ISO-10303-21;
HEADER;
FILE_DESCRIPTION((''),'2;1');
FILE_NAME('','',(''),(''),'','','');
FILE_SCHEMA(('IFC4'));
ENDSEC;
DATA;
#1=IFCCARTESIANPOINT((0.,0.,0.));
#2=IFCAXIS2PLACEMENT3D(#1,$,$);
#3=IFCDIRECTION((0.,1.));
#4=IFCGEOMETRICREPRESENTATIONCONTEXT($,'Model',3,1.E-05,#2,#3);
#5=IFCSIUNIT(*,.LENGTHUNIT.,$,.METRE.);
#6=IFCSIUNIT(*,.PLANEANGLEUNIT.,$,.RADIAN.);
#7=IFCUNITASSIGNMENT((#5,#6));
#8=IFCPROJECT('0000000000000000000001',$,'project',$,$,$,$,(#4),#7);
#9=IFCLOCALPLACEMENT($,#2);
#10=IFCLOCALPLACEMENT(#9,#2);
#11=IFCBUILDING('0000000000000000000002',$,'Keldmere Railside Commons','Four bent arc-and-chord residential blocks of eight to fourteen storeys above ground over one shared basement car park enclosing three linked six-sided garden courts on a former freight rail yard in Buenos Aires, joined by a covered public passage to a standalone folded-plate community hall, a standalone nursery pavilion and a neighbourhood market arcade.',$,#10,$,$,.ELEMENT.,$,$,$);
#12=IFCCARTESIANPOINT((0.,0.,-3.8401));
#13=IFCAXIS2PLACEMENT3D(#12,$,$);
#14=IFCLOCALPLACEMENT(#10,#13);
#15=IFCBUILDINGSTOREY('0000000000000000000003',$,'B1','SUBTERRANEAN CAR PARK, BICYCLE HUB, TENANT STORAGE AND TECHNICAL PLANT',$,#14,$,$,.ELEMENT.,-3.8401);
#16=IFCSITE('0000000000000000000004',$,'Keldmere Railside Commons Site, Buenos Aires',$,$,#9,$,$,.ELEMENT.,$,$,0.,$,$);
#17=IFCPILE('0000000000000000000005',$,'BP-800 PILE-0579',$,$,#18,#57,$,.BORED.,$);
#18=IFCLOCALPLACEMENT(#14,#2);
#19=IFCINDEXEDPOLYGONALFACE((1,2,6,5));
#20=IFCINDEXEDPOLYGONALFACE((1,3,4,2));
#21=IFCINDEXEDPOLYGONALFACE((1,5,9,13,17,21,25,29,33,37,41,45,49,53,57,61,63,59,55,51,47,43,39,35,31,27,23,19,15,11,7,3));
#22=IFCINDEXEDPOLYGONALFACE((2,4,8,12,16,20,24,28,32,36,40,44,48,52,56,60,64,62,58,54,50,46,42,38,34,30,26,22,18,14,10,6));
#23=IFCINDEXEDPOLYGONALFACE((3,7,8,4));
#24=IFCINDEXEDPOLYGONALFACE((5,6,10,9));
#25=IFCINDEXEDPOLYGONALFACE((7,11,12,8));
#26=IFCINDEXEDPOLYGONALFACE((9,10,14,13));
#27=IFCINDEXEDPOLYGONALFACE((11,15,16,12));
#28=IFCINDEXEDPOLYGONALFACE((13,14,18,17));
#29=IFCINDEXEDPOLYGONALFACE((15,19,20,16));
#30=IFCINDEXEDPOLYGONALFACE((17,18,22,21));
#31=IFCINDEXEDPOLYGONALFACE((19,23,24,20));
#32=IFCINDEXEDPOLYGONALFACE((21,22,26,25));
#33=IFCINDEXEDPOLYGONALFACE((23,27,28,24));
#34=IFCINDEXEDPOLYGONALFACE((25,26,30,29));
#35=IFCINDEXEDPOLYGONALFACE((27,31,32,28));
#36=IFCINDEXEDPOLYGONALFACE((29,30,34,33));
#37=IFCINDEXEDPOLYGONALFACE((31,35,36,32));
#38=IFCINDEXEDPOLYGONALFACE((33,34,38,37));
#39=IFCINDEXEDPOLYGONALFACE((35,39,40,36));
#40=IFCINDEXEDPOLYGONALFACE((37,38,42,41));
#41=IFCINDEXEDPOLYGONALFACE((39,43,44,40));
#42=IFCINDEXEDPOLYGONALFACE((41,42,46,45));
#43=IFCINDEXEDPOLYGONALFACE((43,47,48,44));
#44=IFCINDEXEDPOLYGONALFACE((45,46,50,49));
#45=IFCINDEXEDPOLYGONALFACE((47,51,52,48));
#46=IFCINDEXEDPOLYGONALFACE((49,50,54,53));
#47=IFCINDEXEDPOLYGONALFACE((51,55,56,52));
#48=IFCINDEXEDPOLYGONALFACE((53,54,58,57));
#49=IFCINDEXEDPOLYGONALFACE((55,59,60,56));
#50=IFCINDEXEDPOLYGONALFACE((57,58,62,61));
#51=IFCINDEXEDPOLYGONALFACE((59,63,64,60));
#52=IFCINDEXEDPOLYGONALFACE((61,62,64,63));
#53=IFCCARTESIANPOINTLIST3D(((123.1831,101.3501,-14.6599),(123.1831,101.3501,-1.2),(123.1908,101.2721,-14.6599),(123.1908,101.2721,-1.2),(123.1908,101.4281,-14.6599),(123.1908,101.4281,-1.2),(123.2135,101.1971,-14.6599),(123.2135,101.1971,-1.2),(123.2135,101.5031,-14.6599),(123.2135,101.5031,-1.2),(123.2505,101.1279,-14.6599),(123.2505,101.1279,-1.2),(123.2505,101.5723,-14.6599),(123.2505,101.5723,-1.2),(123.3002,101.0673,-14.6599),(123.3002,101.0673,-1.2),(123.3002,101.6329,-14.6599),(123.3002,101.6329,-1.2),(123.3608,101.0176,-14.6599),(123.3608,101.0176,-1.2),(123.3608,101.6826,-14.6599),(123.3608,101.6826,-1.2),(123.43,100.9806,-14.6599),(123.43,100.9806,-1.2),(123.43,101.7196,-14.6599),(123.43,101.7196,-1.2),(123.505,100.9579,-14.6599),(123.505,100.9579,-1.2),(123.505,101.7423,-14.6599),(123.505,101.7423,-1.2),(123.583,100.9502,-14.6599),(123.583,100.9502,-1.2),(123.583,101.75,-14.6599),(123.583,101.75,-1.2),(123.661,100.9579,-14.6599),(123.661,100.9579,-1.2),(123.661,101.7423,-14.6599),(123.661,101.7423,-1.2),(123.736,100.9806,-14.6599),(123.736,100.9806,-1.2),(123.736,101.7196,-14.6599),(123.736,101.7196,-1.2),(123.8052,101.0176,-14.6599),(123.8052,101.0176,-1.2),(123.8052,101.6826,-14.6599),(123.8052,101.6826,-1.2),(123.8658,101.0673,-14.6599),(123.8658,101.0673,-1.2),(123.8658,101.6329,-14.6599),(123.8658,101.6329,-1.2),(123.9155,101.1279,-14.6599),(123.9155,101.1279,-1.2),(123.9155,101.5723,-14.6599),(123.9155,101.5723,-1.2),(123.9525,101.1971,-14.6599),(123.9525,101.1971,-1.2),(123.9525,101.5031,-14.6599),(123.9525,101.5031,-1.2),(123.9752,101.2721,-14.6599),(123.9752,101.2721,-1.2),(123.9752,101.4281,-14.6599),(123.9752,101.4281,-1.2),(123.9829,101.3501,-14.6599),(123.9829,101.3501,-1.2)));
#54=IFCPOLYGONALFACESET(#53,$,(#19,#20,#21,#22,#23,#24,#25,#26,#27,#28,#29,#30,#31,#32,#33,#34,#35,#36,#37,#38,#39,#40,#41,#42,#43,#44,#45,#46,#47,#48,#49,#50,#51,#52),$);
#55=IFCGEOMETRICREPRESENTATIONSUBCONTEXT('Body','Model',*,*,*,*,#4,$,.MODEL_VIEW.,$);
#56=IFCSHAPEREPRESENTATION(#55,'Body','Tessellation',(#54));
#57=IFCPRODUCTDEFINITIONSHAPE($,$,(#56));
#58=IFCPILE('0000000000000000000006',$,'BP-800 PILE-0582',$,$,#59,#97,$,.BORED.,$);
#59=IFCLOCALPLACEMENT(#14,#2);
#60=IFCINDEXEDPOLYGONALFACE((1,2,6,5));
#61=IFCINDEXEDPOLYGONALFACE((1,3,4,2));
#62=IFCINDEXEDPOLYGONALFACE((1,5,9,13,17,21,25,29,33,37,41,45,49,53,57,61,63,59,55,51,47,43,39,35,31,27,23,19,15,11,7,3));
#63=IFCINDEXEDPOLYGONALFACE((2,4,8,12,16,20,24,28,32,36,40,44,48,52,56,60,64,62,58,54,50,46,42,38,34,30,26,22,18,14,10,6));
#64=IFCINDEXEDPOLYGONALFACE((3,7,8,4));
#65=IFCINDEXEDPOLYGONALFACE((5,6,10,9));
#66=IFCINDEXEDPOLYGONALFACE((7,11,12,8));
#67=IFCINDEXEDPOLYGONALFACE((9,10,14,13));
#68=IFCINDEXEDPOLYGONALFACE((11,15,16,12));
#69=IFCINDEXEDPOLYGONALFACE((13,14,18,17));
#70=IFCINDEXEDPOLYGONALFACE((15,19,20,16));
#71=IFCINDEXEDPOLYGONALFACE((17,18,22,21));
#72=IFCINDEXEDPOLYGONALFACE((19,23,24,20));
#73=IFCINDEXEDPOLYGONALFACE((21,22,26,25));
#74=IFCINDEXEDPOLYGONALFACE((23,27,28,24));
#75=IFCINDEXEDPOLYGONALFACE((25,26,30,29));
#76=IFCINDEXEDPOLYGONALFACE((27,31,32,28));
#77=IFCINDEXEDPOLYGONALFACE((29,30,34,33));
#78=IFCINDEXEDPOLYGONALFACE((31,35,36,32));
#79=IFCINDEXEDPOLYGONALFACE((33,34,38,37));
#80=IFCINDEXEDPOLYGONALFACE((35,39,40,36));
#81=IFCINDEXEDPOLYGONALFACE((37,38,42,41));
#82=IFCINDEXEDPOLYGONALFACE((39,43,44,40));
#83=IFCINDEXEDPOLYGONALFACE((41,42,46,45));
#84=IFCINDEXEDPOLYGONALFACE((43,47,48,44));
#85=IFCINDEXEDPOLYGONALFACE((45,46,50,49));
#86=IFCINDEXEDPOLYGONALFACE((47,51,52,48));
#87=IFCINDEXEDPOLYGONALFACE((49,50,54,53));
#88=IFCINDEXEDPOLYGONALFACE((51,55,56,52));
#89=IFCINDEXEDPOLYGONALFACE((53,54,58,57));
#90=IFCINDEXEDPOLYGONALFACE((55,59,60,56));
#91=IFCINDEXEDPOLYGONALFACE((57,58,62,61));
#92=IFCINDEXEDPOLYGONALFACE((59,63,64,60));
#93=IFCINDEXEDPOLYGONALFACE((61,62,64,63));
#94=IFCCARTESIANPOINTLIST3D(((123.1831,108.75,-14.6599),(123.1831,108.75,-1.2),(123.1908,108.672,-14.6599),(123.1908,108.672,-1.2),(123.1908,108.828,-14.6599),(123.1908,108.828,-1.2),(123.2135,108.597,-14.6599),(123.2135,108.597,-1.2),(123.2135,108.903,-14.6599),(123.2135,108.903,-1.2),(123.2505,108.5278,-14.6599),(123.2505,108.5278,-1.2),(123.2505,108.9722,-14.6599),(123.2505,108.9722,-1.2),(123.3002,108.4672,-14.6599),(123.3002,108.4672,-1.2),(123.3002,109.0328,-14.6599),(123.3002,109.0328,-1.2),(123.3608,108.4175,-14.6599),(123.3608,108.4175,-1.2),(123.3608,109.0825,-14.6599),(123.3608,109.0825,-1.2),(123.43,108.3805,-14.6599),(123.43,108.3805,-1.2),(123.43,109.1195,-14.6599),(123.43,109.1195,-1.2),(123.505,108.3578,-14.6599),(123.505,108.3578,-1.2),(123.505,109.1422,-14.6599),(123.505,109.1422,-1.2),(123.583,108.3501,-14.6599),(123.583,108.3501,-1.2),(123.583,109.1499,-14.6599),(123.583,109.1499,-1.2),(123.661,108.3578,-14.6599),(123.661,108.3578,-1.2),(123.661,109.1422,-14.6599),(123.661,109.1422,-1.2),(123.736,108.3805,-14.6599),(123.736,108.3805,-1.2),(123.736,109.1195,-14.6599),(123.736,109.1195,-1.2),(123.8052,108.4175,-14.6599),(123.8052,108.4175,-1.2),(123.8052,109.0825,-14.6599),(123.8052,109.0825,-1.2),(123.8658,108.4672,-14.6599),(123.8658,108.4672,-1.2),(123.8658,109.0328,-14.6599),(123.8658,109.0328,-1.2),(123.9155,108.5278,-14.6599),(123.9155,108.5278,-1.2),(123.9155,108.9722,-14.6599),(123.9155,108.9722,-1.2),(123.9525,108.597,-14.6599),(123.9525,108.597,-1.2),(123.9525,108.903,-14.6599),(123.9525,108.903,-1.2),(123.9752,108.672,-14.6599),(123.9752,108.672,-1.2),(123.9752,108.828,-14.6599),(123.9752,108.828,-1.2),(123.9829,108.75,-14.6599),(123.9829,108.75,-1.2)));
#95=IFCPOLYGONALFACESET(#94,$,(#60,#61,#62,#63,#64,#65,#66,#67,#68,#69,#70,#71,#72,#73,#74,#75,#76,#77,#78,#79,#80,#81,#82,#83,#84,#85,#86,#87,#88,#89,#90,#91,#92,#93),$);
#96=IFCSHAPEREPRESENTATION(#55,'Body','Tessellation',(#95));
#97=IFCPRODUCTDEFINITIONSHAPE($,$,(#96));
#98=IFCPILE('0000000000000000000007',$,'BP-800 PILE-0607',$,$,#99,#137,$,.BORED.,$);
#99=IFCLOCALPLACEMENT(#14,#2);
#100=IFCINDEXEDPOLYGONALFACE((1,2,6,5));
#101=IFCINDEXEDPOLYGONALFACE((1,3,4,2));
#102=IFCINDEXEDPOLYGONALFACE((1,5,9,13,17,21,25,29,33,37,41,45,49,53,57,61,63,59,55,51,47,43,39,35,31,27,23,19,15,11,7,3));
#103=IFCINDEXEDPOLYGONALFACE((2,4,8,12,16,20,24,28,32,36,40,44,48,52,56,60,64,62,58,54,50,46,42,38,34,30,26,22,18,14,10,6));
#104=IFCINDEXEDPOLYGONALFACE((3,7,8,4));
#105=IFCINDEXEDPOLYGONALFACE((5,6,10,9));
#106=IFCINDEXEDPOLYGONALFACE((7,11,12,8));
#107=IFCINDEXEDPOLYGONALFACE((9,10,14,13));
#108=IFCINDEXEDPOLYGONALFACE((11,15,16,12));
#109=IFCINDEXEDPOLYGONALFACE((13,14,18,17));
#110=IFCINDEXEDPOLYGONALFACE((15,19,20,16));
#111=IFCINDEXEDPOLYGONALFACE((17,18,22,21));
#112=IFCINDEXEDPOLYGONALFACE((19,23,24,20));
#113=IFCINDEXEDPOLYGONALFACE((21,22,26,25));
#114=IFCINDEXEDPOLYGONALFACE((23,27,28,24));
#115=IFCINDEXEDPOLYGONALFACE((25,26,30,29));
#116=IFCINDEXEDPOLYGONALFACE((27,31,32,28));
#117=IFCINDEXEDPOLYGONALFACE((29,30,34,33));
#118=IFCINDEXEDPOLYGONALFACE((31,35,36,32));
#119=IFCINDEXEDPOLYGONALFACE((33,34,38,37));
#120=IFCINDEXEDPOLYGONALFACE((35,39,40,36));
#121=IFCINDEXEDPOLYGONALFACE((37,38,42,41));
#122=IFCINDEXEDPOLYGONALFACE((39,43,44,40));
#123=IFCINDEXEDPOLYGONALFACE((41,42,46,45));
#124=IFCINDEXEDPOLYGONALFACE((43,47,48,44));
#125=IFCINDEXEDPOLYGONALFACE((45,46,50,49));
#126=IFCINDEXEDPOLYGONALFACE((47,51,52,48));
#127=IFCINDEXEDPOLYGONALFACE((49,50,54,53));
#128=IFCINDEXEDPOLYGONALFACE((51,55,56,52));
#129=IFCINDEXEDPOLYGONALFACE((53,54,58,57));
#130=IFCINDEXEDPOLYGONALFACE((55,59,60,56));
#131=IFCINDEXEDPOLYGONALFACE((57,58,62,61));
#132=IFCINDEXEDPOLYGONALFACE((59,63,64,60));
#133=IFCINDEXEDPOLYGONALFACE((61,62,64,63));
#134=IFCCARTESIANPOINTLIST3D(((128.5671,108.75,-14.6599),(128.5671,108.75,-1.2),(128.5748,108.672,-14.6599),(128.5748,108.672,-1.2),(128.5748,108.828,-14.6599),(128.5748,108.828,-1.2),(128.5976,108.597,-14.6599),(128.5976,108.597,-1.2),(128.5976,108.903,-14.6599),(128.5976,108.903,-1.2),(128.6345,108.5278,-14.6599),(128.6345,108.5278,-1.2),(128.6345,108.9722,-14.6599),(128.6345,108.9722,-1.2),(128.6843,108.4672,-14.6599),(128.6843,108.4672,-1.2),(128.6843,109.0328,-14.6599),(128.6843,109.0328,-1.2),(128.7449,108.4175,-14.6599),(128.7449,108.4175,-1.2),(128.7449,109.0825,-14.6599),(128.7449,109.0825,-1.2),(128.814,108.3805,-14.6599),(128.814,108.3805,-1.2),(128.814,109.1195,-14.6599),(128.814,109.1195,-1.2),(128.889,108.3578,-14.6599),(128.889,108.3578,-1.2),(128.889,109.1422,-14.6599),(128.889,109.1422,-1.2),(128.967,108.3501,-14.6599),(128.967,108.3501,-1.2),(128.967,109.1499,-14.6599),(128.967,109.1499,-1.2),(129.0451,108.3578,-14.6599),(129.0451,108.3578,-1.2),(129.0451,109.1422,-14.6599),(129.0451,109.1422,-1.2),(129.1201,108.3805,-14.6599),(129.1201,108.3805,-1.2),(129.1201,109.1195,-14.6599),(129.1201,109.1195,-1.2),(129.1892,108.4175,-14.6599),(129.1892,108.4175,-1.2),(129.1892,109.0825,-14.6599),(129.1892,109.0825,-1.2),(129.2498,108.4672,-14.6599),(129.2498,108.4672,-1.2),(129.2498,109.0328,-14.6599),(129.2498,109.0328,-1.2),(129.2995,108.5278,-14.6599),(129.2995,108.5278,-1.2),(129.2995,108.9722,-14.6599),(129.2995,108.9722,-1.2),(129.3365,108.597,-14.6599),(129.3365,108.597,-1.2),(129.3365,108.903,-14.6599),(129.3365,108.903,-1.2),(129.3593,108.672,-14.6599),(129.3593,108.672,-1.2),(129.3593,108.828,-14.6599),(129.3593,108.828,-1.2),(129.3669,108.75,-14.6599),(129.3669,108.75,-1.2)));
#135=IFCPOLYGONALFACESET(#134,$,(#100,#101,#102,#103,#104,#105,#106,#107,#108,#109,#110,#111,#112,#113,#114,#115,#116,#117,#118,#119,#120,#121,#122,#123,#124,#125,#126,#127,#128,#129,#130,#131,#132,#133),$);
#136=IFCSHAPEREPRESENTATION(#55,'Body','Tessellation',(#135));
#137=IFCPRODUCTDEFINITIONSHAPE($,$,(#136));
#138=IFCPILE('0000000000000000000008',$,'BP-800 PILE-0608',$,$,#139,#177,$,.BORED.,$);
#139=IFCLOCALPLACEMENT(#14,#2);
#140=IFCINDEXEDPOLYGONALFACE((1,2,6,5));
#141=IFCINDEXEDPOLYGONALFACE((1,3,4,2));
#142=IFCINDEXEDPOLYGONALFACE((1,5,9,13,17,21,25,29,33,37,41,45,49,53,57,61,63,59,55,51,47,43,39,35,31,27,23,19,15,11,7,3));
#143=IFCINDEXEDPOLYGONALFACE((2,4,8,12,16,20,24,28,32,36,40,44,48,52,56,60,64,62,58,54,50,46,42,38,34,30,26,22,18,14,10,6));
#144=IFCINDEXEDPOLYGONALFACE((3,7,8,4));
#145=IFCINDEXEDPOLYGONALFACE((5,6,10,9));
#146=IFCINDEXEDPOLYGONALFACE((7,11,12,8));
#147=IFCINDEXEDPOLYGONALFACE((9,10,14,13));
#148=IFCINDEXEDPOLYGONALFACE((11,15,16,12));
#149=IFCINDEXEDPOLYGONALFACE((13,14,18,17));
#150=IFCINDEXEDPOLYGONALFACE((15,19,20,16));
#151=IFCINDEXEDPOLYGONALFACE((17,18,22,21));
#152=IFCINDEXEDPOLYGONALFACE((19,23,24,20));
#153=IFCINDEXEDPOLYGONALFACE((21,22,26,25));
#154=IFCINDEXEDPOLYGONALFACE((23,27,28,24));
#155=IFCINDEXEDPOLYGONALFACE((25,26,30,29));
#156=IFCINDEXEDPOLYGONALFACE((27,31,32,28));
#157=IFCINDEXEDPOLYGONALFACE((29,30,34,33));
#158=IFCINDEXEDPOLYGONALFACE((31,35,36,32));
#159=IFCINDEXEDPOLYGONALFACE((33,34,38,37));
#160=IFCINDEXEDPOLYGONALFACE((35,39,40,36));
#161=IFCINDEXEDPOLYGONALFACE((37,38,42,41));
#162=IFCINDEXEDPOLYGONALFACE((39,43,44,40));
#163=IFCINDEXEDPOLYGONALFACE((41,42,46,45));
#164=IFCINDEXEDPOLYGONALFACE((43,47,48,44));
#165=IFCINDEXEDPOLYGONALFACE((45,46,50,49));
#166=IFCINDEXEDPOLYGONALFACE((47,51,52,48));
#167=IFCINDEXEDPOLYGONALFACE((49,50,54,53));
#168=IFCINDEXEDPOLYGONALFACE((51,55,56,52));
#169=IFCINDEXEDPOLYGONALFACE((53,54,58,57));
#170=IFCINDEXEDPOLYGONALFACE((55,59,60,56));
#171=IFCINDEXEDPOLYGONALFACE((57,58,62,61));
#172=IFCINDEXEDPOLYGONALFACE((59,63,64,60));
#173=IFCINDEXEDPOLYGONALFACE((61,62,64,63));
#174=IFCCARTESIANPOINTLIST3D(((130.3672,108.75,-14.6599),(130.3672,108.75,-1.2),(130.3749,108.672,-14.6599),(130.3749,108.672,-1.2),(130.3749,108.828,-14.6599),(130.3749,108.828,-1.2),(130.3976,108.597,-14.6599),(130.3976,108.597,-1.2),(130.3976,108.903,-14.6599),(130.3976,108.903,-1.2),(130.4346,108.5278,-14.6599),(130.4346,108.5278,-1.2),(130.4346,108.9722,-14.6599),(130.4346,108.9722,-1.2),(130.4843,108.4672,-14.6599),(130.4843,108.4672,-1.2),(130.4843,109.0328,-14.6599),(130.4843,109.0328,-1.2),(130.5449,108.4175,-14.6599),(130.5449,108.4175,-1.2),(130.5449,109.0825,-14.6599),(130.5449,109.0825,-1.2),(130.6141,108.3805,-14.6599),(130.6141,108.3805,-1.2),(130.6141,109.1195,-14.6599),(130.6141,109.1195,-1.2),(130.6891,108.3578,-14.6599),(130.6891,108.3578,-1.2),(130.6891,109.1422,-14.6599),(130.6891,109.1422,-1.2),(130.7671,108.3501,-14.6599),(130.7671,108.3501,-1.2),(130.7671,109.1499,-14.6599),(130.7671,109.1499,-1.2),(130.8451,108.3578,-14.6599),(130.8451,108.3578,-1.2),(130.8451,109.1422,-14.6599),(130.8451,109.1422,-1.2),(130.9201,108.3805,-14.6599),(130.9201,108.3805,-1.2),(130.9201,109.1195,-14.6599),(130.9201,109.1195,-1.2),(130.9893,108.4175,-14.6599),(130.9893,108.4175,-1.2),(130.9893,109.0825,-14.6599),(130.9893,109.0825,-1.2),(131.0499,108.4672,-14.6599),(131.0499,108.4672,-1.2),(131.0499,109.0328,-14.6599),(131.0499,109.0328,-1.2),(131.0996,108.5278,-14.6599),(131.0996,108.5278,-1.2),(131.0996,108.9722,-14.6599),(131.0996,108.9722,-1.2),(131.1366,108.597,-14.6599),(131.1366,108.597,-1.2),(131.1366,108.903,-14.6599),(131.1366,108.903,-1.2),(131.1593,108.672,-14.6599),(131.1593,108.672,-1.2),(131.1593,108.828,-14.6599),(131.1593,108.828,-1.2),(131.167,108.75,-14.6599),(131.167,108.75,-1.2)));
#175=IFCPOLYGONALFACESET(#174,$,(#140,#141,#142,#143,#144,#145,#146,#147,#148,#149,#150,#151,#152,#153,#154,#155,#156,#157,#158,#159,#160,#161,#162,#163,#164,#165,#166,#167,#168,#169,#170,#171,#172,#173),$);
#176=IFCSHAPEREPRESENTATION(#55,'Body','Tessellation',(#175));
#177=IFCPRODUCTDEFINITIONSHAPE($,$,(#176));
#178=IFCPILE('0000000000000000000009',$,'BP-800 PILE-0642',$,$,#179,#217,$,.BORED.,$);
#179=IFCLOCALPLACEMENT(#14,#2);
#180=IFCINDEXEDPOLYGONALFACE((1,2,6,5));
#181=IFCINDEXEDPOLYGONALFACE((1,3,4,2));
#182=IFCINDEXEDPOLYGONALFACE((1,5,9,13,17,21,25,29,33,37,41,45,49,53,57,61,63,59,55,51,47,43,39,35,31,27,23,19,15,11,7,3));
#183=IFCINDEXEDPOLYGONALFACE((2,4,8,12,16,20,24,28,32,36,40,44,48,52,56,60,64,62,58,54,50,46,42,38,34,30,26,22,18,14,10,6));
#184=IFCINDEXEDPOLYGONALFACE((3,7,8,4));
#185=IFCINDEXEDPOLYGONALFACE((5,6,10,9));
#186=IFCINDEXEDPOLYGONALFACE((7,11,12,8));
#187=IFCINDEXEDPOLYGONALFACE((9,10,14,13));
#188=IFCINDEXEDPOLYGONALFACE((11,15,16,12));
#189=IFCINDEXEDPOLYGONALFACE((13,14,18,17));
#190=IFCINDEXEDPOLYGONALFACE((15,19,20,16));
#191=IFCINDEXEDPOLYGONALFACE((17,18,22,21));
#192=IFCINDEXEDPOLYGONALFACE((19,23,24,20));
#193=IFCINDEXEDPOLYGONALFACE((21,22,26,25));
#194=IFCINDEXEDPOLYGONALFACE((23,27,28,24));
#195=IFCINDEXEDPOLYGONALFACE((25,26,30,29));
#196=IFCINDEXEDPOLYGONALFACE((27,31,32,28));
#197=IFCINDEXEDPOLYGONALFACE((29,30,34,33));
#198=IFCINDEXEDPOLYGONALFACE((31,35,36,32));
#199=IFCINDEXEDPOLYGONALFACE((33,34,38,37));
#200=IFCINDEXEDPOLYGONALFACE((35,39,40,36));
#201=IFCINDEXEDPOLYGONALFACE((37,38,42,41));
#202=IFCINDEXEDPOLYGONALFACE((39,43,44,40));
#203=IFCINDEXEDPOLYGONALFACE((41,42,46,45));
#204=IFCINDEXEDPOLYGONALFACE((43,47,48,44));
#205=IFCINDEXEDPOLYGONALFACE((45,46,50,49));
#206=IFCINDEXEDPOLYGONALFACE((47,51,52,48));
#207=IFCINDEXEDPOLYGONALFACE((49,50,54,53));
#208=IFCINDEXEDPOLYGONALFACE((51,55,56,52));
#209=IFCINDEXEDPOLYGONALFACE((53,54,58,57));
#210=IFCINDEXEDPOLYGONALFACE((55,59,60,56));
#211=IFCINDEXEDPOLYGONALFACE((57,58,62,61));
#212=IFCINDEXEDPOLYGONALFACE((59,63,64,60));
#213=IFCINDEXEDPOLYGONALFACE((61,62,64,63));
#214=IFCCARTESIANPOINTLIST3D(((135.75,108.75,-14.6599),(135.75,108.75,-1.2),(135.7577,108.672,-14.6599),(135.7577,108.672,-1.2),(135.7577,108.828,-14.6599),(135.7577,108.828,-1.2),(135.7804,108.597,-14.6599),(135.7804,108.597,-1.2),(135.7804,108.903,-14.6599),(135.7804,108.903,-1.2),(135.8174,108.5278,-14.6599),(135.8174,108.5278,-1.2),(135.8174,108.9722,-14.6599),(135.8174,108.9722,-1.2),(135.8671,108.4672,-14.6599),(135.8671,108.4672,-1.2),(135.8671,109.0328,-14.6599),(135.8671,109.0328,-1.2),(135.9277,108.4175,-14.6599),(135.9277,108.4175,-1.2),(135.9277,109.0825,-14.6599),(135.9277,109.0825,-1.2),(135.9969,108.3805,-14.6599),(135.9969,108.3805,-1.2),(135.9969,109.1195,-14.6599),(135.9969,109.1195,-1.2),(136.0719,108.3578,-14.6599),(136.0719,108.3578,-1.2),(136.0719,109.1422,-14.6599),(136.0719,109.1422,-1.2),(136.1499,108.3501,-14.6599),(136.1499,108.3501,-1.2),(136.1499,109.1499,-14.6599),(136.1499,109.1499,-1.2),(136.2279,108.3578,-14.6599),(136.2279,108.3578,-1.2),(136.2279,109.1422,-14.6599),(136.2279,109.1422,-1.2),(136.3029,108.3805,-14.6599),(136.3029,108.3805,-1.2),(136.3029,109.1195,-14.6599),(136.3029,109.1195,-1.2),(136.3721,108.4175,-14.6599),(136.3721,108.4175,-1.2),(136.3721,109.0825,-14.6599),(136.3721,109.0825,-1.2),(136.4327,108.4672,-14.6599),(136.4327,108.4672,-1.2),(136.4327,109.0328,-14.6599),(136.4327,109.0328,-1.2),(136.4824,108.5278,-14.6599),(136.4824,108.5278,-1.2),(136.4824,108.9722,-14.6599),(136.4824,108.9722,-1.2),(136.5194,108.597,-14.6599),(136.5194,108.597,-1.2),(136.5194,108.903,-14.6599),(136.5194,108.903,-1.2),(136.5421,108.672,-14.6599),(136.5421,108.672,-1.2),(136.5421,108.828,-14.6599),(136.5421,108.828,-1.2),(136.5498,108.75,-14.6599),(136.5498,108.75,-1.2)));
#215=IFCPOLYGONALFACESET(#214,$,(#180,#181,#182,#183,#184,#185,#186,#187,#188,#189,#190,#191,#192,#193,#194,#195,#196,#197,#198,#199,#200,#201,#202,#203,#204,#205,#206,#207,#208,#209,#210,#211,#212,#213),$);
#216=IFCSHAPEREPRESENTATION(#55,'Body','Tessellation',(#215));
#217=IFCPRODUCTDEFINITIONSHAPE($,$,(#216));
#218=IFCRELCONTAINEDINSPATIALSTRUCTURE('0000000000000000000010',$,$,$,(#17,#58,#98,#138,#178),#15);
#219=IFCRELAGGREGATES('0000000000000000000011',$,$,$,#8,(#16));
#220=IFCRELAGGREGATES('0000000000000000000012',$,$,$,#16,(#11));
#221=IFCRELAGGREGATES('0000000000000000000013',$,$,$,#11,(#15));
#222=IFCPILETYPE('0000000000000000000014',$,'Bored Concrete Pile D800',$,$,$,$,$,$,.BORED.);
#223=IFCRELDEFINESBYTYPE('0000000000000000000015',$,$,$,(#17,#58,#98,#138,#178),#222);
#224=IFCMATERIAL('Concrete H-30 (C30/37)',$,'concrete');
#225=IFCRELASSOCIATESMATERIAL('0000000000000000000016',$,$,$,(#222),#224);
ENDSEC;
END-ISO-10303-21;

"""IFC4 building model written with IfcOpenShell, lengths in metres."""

from ifc_helpers import new_model, si_unit, direction, frame, origin, origin_2d, place, context, subcontext, project, spatial, circle, extrude, material, material_profile, profile_set, type_object, element, save


model = new_model("IFC4")

# Units and contexts
model_context = context("Model", 3, precision=1e-05, world=origin(), true_north=direction((0.0, 1.0)))
body_context = subcontext(model_context, "Body", "Model", "MODEL_VIEW")
ifc_project = project(units=[si_unit("LENGTHUNIT", "METRE"), si_unit("PLANEANGLEUNIT", "RADIAN")], contexts=[model_context])

# Site, building, storey
site_placement = place(None, origin())
site = spatial("IfcSite", under=ifc_project, at=site_placement, Name="Keldmere Railside Commons Site, Buenos Aires", CompositionType="ELEMENT", RefElevation=0.0)
building_placement = place(site_placement, origin())
building = spatial("IfcBuilding", under=site, at=building_placement, Name="Keldmere Railside Commons", Description="Four bent arc-and-chord residential blocks of eight to fourteen storeys above ground over one shared basement car park enclosing three linked six-sided garden courts on a former freight rail yard in Buenos Aires, joined by a covered public passage to a standalone folded-plate community hall, a standalone nursery pavilion and a neighbourhood market arcade.", CompositionType="ELEMENT")
storey_placement = place(building_placement, frame((0.0, 0.0, -3.8401)))
storey = spatial("IfcBuildingStorey", under=building, at=storey_placement, Name="B1", Description="SUBTERRANEAN CAR PARK, BICYCLE HUB, TENANT STORAGE AND TECHNICAL PLANT", CompositionType="ELEMENT", Elevation=-3.8401)

# Piles
ifc_material_1 = material(Name="Concrete H-30 (C30/37)", Category="concrete")
ifc_material_profile_1 = material_profile(ifc_material_1, circle(Radius=0.3999, at=origin_2d()), Name="PILE-D800")
ifc_profile_set_1 = profile_set([ifc_material_profile_1], Name="Concrete H-30 (C30/37)")
pile_type = type_object("IfcPileType", Name="Bored Concrete Pile D800", PredefinedType="BORED", material=ifc_profile_set_1)
for number, where, z_axis, x_axis, name in (
    (1, (123.583, 101.3501, -1.2), (0.0, 0.0, -1.0), (1.0, 0.0, 0.0), "BP-800 PILE-0579"),
    (2, (123.583, 108.75, -1.2), (0.0, 0.0, -1.0), (1.0, 0.0, 0.0), "BP-800 PILE-0582"),
    (3, (128.967, 108.75, -1.2), (0.0, 0.0, -1.0), (1.0, 0.0, 0.0), "BP-800 PILE-0607"),
    (4, (130.7671, 108.75, -1.2), (0.0, 0.0, -1.0), (1.0, 0.0, 0.0), "BP-800 PILE-0608"),
    (5, (136.1499, 108.75, -1.2), (0.0, 0.0, -1.0), (1.0, 0.0, 0.0), "BP-800 PILE-0642"),
):
    element("IfcPile", number, at=place(storey_placement, frame(where, z_axis=z_axis, x_axis=x_axis)), inside=storey, type_object=pile_type, Name=name, PredefinedType="BORED", context=body_context, shape_type="SweptSolid", body=[
        extrude(circle(Radius=0.3999, at=origin_2d()), origin(), (0.0, 0.0, 1.0), 13.46),
    ])

save(model, "model.ifc")
